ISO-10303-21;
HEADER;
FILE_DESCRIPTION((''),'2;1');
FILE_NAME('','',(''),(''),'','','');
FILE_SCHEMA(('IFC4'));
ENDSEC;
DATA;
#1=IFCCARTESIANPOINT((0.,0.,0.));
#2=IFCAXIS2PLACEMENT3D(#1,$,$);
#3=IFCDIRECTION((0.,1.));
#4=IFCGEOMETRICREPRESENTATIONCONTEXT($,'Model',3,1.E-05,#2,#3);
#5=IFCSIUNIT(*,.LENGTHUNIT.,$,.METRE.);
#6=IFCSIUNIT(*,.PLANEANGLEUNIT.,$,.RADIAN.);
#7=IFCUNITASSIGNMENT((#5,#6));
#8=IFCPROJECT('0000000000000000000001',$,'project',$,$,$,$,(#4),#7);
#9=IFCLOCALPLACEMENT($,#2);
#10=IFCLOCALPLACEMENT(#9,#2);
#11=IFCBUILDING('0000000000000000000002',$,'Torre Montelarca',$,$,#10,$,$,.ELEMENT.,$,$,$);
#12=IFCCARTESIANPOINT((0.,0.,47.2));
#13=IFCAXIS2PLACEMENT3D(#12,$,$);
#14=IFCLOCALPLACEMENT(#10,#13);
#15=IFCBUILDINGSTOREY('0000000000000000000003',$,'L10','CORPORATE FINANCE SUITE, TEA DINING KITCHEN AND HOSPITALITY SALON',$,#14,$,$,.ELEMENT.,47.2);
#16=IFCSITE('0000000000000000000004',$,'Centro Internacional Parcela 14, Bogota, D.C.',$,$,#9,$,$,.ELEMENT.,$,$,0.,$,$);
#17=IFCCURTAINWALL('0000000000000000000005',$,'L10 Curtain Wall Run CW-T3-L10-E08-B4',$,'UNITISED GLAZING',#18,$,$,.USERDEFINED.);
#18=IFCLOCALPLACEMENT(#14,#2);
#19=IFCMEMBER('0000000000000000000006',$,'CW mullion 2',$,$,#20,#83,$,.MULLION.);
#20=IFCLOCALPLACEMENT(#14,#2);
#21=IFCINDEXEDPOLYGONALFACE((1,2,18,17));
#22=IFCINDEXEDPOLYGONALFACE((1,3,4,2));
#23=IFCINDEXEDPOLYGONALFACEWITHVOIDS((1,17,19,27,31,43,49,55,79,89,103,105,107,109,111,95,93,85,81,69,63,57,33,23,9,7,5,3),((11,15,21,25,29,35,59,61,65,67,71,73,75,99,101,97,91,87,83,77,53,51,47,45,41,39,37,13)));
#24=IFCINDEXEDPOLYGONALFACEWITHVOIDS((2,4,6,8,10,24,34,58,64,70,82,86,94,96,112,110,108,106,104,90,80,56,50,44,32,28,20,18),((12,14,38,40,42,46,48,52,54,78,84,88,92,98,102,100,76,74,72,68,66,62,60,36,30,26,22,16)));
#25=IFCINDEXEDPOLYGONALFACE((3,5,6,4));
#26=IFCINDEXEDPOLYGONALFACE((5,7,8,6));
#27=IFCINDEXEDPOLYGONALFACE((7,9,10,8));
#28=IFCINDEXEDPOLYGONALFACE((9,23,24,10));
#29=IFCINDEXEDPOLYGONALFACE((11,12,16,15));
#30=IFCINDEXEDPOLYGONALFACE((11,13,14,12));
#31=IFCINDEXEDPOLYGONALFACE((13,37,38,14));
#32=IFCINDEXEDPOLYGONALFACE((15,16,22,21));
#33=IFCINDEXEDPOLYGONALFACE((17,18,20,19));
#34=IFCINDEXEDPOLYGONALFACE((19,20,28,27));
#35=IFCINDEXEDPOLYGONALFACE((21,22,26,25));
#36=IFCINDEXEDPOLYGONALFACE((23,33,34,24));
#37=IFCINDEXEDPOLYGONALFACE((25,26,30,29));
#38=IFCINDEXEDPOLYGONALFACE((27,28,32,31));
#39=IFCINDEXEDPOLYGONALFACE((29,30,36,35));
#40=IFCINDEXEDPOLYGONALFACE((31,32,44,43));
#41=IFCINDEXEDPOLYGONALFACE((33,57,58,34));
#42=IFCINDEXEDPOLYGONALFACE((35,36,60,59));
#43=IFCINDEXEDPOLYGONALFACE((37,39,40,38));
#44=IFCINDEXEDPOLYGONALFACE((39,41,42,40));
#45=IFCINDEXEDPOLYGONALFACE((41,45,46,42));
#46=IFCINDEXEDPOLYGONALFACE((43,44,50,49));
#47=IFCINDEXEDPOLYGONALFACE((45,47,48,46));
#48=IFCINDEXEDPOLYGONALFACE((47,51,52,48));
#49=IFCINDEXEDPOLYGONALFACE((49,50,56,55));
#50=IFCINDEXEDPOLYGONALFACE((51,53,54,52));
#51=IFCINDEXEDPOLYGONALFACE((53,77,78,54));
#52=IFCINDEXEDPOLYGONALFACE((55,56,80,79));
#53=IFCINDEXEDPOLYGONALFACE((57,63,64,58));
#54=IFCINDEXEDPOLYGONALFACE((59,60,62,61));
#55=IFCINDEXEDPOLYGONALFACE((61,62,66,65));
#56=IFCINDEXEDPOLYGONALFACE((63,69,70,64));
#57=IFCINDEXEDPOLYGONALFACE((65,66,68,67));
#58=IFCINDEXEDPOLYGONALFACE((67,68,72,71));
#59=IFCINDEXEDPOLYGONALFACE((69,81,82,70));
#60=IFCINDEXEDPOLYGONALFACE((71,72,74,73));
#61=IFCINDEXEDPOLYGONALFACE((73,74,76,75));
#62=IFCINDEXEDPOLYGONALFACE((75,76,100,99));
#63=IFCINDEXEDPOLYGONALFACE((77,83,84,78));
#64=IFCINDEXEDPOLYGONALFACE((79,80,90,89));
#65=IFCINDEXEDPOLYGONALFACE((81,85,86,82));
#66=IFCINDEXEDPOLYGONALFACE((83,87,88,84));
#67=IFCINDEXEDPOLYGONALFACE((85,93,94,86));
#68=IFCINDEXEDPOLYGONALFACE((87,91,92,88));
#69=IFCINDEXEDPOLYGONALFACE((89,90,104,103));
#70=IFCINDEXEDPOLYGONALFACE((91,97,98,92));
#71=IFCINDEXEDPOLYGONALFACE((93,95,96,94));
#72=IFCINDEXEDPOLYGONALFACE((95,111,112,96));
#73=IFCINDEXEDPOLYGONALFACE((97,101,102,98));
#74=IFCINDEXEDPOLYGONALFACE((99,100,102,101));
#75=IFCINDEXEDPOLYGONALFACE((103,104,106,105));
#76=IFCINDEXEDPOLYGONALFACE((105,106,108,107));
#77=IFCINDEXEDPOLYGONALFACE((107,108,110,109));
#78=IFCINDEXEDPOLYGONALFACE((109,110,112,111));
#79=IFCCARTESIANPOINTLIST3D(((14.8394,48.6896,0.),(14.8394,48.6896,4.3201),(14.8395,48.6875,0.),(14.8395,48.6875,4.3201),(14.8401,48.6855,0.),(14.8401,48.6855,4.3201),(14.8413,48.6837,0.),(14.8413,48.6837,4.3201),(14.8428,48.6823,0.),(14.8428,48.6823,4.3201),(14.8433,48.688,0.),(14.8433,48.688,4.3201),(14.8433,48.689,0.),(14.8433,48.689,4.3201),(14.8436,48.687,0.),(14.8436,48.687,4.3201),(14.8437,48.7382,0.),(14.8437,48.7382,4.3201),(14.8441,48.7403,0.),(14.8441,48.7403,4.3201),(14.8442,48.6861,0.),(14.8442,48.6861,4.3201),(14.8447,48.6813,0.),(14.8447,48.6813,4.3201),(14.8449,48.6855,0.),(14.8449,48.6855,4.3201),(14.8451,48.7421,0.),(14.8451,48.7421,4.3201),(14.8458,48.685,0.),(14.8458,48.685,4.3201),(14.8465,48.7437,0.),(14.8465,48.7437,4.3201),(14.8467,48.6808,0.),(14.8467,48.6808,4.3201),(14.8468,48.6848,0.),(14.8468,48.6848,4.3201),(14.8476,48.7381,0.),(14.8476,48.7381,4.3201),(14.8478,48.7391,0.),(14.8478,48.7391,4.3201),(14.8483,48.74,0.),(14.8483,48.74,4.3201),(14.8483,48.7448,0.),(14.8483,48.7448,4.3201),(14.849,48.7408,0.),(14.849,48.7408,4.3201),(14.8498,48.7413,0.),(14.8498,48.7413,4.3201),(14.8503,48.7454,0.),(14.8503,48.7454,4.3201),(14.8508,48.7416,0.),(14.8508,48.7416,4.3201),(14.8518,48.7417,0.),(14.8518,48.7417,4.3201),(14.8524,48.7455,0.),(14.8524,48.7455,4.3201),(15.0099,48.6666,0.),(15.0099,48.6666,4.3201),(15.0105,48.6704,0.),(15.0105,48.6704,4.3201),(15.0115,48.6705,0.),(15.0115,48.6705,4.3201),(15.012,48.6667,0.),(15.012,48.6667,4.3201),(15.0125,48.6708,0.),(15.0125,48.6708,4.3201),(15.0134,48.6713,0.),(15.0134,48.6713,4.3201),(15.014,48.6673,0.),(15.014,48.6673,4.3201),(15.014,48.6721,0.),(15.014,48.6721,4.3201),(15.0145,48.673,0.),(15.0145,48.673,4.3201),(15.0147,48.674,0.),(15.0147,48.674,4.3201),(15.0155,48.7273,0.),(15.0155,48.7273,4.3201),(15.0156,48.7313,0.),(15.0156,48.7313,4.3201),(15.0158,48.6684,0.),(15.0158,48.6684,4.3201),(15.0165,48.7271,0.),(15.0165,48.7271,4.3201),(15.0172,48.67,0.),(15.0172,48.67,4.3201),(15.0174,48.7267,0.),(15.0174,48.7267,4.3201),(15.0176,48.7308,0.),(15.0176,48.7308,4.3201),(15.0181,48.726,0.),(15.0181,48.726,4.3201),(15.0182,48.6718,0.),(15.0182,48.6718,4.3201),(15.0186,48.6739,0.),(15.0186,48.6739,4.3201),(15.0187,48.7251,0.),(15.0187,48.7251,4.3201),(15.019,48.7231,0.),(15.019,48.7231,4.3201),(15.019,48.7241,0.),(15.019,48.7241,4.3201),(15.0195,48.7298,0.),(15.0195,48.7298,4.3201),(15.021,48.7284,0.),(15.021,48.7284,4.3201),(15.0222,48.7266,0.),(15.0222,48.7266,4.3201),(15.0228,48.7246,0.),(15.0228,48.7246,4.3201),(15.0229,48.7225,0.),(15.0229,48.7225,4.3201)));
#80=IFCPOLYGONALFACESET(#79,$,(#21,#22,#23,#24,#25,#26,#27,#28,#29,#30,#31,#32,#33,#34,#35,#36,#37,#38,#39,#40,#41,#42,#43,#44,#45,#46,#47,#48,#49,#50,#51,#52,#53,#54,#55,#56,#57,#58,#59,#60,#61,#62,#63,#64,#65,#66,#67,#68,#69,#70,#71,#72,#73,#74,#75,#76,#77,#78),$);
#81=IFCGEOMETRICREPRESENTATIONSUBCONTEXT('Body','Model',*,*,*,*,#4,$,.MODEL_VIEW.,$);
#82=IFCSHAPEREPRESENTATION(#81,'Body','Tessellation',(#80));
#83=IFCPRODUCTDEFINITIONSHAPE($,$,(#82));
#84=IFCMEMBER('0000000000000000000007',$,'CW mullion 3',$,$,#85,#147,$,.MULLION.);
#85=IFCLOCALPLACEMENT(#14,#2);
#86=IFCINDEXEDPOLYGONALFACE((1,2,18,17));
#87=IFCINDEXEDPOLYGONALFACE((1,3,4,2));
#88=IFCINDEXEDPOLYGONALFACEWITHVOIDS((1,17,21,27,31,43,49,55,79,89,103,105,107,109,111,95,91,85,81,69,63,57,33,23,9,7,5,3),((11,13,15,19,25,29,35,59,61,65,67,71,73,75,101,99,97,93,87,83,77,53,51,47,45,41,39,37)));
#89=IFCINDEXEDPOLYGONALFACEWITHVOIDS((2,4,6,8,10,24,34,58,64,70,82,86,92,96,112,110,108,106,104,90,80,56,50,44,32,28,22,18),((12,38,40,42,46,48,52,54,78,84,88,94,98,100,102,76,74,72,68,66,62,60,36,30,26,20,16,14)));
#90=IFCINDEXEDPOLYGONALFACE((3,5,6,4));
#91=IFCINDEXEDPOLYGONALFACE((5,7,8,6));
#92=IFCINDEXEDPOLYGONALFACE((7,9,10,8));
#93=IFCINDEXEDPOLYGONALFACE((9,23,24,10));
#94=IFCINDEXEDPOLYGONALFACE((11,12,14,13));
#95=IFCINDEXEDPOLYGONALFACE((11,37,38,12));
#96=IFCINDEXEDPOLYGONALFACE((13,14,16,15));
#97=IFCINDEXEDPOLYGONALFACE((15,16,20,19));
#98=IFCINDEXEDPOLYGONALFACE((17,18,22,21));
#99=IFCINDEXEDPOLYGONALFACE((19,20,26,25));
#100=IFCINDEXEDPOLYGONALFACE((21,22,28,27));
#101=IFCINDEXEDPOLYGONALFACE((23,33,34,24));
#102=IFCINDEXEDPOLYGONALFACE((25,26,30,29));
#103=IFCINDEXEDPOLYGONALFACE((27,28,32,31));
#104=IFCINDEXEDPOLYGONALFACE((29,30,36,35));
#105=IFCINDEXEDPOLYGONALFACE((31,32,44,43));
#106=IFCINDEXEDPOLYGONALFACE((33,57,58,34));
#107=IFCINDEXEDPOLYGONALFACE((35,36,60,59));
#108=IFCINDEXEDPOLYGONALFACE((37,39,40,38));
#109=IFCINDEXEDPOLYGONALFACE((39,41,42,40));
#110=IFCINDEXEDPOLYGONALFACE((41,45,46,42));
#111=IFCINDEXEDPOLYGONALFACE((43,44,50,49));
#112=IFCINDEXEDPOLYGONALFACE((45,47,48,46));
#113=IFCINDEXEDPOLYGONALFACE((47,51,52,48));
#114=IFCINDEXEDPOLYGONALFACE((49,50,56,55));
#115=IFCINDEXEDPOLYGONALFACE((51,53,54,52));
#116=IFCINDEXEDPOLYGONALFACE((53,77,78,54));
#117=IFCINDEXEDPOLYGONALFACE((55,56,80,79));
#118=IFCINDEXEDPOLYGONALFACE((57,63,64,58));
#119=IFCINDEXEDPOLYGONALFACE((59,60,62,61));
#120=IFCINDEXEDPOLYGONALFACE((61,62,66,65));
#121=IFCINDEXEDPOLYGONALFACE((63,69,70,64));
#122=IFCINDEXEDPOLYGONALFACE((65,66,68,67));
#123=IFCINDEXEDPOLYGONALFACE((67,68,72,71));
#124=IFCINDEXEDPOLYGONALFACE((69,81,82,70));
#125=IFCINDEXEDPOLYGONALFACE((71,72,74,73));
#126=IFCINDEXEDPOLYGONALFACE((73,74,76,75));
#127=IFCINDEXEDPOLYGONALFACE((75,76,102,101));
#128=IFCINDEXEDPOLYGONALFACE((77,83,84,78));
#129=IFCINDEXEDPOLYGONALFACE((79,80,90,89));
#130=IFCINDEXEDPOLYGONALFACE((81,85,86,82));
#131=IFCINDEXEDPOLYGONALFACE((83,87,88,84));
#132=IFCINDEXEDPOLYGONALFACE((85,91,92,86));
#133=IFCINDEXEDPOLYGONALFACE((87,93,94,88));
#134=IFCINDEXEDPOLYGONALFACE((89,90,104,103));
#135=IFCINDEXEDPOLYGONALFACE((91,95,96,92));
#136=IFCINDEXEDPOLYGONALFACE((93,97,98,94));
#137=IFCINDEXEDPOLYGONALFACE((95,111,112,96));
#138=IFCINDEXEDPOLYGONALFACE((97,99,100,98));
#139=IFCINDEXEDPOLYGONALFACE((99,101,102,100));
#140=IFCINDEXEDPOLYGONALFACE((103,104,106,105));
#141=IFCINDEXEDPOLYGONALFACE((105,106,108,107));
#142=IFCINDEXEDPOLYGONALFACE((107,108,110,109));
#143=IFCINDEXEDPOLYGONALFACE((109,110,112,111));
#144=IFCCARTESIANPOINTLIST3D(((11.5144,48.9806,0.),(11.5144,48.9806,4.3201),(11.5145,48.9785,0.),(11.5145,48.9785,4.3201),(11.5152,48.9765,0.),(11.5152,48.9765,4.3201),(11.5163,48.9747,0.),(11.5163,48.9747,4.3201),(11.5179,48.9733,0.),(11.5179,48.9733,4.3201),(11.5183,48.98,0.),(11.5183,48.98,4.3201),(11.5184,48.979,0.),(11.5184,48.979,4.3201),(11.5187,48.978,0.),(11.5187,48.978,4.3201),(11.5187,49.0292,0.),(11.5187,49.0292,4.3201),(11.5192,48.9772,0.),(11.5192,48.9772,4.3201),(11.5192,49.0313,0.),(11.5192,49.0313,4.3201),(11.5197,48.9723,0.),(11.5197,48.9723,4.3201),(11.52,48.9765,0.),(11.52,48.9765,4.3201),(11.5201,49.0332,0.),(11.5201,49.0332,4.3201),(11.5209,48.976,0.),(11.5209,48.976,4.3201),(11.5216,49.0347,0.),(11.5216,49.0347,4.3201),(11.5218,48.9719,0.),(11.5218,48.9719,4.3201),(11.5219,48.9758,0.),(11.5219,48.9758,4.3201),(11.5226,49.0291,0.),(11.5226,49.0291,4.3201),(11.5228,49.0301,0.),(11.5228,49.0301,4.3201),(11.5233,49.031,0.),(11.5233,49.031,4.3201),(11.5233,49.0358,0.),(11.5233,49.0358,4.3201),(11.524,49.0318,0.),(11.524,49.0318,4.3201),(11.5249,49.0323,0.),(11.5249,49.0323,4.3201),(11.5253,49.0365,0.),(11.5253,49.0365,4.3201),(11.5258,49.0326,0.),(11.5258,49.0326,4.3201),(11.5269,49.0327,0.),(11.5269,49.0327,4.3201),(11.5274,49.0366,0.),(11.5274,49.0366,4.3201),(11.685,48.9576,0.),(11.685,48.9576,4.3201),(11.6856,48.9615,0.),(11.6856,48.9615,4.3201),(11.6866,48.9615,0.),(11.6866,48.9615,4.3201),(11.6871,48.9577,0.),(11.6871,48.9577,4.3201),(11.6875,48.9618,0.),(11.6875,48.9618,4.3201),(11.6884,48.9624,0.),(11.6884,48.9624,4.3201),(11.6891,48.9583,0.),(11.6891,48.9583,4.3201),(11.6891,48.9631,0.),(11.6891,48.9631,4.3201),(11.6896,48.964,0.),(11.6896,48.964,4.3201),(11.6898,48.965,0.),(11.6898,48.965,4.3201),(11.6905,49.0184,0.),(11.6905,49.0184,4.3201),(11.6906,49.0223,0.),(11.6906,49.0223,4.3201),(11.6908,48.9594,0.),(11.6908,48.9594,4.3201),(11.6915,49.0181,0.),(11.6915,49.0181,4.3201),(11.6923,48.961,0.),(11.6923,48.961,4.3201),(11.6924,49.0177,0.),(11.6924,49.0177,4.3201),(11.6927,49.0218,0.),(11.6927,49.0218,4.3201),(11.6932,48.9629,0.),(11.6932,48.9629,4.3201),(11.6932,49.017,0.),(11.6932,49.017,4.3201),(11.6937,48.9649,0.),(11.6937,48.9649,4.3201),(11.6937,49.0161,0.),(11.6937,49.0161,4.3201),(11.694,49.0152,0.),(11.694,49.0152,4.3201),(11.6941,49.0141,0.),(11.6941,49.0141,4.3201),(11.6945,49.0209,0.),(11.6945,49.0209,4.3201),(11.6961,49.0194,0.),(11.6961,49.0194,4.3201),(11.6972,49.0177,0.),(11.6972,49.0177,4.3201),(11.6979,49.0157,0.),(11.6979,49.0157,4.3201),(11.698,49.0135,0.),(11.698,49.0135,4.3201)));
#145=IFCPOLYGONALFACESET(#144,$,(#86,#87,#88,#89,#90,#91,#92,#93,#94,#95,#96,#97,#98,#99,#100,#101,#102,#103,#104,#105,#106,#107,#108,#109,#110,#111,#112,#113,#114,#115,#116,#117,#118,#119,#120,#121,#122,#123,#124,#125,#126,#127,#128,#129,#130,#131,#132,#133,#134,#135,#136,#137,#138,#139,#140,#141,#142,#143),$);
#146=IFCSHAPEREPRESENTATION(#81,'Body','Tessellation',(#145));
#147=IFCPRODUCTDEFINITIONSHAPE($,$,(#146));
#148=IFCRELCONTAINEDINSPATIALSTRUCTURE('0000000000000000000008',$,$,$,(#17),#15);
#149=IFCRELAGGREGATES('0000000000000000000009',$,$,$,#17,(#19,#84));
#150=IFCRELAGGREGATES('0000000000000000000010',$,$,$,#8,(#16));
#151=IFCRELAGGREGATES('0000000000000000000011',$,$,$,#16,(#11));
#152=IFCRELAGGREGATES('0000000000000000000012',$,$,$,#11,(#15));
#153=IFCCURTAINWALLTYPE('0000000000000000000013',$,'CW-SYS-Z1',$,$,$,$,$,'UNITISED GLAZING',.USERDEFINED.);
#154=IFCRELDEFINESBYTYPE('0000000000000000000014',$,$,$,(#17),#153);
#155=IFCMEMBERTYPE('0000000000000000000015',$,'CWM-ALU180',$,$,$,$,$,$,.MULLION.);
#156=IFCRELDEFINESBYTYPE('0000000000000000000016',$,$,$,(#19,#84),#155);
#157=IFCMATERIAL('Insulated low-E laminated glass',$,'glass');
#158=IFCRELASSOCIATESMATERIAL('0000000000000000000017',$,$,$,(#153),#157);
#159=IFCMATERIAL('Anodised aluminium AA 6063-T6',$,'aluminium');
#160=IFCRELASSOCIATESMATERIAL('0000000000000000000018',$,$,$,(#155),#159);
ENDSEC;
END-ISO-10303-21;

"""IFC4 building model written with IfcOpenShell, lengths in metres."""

from ifc_helpers import new_model, si_unit, direction, frame, origin, origin_2d, place, context, subcontext, project, spatial, hollow_rectangle, extrude, source, transform, mapped, material, material_profile, profile_set, type_object, element, aggregate, save


model = new_model("IFC4")

# Units and contexts
model_context = context("Model", 3, precision=1e-05, world=origin(), true_north=direction((0.0, 1.0)))
body_context = subcontext(model_context, "Body", "Model", "MODEL_VIEW")
ifc_project = project(units=[si_unit("LENGTHUNIT", "METRE"), si_unit("PLANEANGLEUNIT", "RADIAN")], contexts=[model_context])

# Site, building, storey
site_placement = place(None, origin())
site = spatial("IfcSite", under=ifc_project, at=site_placement, Name="Centro Internacional Parcela 14, Bogota, D.C.", CompositionType="ELEMENT", RefElevation=0.0)
building_placement = place(site_placement, origin())
building = spatial("IfcBuilding", under=site, at=building_placement, Name="Torre Montelarca", CompositionType="ELEMENT")
storey_placement = place(building_placement, frame((0.0, 0.0, 47.2)))
storey = spatial("IfcBuildingStorey", under=building, at=storey_placement, Name="L10", Description="CORPORATE FINANCE SUITE, TEA DINING KITCHEN AND HOSPITALITY SALON", CompositionType="ELEMENT", Elevation=47.2)

# Shared definitions
ifc_material_1 = material(Name="Insulated low-E laminated glass", Category="glass")
curtain_wall_type = type_object("IfcCurtainWallType", Name="CW-SYS-Z1", ElementType="UNITISED GLAZING", PredefinedType="USERDEFINED", material=ifc_material_1)
ifc_material_2 = material(Name="Anodised aluminium AA 6063-T6", Category="aluminium")
ifc_material_profile_1 = material_profile(ifc_material_2, hollow_rectangle(XDim=0.0649, YDim=0.1799, WallThickness=0.0039, InnerFilletRadius=0.0039, OuterFilletRadius=0.0081, at=origin_2d()), Name="ALU65X180X4", Category="aluminium")
ifc_profile_set_1 = profile_set([ifc_material_profile_1], Name="Anodised aluminium AA 6063-T6")
member_type_1 = type_object("IfcMemberType", Name="CWM-ALU180", PredefinedType="MULLION", material=ifc_profile_set_1)
shared_shape_1 = source(origin(), body_context, "Body", "SweptSolid", [
    extrude(hollow_rectangle(XDim=0.0649, YDim=0.1799, WallThickness=0.0039, InnerFilletRadius=0.0039, OuterFilletRadius=0.0081, at=origin_2d()), origin(), (0.0, 0.0, 1.0), 4.3201),
])

# Curtain wall, members
curtain_wall_1_placement = place(storey_placement, origin())
curtain_wall_1 = element("IfcCurtainWall", 1, at=curtain_wall_1_placement, inside=storey, type_object=curtain_wall_type, Name="L10 Curtain Wall Run CW-T3-L10-E08-B4", ObjectType="UNITISED GLAZING", PredefinedType="USERDEFINED")
member_1_placement = place(storey_placement, frame((14.9312, 48.7061, 0.0), z_axis=(0.0, 0.0, 1.0), x_axis=(-0.087167, -0.996194, 0.0)))
member_1 = element("IfcMember", 2, at=member_1_placement, type_object=member_type_1, Name="CW mullion 2", PredefinedType="MULLION", context=body_context, shape_type="MappedRepresentation", body=[
    mapped(shared_shape_1, transform((0.0, 0.0, 0.0), scale=1.0)),
])
member_2_placement = place(storey_placement, frame((11.6062, 48.9971, 0.0), z_axis=(0.0, 0.0, 1.0), x_axis=(-0.087167, -0.996194, 0.0)))
member_2 = element("IfcMember", 3, at=member_2_placement, type_object=member_type_1, Name="CW mullion 3", PredefinedType="MULLION", context=body_context, shape_type="MappedRepresentation", body=[
    mapped(shared_shape_1, transform((0.0, 0.0, 0.0), scale=1.0)),
])

aggregate(curtain_wall_1, [member_1, member_2])

save(model, "model.ifc")
